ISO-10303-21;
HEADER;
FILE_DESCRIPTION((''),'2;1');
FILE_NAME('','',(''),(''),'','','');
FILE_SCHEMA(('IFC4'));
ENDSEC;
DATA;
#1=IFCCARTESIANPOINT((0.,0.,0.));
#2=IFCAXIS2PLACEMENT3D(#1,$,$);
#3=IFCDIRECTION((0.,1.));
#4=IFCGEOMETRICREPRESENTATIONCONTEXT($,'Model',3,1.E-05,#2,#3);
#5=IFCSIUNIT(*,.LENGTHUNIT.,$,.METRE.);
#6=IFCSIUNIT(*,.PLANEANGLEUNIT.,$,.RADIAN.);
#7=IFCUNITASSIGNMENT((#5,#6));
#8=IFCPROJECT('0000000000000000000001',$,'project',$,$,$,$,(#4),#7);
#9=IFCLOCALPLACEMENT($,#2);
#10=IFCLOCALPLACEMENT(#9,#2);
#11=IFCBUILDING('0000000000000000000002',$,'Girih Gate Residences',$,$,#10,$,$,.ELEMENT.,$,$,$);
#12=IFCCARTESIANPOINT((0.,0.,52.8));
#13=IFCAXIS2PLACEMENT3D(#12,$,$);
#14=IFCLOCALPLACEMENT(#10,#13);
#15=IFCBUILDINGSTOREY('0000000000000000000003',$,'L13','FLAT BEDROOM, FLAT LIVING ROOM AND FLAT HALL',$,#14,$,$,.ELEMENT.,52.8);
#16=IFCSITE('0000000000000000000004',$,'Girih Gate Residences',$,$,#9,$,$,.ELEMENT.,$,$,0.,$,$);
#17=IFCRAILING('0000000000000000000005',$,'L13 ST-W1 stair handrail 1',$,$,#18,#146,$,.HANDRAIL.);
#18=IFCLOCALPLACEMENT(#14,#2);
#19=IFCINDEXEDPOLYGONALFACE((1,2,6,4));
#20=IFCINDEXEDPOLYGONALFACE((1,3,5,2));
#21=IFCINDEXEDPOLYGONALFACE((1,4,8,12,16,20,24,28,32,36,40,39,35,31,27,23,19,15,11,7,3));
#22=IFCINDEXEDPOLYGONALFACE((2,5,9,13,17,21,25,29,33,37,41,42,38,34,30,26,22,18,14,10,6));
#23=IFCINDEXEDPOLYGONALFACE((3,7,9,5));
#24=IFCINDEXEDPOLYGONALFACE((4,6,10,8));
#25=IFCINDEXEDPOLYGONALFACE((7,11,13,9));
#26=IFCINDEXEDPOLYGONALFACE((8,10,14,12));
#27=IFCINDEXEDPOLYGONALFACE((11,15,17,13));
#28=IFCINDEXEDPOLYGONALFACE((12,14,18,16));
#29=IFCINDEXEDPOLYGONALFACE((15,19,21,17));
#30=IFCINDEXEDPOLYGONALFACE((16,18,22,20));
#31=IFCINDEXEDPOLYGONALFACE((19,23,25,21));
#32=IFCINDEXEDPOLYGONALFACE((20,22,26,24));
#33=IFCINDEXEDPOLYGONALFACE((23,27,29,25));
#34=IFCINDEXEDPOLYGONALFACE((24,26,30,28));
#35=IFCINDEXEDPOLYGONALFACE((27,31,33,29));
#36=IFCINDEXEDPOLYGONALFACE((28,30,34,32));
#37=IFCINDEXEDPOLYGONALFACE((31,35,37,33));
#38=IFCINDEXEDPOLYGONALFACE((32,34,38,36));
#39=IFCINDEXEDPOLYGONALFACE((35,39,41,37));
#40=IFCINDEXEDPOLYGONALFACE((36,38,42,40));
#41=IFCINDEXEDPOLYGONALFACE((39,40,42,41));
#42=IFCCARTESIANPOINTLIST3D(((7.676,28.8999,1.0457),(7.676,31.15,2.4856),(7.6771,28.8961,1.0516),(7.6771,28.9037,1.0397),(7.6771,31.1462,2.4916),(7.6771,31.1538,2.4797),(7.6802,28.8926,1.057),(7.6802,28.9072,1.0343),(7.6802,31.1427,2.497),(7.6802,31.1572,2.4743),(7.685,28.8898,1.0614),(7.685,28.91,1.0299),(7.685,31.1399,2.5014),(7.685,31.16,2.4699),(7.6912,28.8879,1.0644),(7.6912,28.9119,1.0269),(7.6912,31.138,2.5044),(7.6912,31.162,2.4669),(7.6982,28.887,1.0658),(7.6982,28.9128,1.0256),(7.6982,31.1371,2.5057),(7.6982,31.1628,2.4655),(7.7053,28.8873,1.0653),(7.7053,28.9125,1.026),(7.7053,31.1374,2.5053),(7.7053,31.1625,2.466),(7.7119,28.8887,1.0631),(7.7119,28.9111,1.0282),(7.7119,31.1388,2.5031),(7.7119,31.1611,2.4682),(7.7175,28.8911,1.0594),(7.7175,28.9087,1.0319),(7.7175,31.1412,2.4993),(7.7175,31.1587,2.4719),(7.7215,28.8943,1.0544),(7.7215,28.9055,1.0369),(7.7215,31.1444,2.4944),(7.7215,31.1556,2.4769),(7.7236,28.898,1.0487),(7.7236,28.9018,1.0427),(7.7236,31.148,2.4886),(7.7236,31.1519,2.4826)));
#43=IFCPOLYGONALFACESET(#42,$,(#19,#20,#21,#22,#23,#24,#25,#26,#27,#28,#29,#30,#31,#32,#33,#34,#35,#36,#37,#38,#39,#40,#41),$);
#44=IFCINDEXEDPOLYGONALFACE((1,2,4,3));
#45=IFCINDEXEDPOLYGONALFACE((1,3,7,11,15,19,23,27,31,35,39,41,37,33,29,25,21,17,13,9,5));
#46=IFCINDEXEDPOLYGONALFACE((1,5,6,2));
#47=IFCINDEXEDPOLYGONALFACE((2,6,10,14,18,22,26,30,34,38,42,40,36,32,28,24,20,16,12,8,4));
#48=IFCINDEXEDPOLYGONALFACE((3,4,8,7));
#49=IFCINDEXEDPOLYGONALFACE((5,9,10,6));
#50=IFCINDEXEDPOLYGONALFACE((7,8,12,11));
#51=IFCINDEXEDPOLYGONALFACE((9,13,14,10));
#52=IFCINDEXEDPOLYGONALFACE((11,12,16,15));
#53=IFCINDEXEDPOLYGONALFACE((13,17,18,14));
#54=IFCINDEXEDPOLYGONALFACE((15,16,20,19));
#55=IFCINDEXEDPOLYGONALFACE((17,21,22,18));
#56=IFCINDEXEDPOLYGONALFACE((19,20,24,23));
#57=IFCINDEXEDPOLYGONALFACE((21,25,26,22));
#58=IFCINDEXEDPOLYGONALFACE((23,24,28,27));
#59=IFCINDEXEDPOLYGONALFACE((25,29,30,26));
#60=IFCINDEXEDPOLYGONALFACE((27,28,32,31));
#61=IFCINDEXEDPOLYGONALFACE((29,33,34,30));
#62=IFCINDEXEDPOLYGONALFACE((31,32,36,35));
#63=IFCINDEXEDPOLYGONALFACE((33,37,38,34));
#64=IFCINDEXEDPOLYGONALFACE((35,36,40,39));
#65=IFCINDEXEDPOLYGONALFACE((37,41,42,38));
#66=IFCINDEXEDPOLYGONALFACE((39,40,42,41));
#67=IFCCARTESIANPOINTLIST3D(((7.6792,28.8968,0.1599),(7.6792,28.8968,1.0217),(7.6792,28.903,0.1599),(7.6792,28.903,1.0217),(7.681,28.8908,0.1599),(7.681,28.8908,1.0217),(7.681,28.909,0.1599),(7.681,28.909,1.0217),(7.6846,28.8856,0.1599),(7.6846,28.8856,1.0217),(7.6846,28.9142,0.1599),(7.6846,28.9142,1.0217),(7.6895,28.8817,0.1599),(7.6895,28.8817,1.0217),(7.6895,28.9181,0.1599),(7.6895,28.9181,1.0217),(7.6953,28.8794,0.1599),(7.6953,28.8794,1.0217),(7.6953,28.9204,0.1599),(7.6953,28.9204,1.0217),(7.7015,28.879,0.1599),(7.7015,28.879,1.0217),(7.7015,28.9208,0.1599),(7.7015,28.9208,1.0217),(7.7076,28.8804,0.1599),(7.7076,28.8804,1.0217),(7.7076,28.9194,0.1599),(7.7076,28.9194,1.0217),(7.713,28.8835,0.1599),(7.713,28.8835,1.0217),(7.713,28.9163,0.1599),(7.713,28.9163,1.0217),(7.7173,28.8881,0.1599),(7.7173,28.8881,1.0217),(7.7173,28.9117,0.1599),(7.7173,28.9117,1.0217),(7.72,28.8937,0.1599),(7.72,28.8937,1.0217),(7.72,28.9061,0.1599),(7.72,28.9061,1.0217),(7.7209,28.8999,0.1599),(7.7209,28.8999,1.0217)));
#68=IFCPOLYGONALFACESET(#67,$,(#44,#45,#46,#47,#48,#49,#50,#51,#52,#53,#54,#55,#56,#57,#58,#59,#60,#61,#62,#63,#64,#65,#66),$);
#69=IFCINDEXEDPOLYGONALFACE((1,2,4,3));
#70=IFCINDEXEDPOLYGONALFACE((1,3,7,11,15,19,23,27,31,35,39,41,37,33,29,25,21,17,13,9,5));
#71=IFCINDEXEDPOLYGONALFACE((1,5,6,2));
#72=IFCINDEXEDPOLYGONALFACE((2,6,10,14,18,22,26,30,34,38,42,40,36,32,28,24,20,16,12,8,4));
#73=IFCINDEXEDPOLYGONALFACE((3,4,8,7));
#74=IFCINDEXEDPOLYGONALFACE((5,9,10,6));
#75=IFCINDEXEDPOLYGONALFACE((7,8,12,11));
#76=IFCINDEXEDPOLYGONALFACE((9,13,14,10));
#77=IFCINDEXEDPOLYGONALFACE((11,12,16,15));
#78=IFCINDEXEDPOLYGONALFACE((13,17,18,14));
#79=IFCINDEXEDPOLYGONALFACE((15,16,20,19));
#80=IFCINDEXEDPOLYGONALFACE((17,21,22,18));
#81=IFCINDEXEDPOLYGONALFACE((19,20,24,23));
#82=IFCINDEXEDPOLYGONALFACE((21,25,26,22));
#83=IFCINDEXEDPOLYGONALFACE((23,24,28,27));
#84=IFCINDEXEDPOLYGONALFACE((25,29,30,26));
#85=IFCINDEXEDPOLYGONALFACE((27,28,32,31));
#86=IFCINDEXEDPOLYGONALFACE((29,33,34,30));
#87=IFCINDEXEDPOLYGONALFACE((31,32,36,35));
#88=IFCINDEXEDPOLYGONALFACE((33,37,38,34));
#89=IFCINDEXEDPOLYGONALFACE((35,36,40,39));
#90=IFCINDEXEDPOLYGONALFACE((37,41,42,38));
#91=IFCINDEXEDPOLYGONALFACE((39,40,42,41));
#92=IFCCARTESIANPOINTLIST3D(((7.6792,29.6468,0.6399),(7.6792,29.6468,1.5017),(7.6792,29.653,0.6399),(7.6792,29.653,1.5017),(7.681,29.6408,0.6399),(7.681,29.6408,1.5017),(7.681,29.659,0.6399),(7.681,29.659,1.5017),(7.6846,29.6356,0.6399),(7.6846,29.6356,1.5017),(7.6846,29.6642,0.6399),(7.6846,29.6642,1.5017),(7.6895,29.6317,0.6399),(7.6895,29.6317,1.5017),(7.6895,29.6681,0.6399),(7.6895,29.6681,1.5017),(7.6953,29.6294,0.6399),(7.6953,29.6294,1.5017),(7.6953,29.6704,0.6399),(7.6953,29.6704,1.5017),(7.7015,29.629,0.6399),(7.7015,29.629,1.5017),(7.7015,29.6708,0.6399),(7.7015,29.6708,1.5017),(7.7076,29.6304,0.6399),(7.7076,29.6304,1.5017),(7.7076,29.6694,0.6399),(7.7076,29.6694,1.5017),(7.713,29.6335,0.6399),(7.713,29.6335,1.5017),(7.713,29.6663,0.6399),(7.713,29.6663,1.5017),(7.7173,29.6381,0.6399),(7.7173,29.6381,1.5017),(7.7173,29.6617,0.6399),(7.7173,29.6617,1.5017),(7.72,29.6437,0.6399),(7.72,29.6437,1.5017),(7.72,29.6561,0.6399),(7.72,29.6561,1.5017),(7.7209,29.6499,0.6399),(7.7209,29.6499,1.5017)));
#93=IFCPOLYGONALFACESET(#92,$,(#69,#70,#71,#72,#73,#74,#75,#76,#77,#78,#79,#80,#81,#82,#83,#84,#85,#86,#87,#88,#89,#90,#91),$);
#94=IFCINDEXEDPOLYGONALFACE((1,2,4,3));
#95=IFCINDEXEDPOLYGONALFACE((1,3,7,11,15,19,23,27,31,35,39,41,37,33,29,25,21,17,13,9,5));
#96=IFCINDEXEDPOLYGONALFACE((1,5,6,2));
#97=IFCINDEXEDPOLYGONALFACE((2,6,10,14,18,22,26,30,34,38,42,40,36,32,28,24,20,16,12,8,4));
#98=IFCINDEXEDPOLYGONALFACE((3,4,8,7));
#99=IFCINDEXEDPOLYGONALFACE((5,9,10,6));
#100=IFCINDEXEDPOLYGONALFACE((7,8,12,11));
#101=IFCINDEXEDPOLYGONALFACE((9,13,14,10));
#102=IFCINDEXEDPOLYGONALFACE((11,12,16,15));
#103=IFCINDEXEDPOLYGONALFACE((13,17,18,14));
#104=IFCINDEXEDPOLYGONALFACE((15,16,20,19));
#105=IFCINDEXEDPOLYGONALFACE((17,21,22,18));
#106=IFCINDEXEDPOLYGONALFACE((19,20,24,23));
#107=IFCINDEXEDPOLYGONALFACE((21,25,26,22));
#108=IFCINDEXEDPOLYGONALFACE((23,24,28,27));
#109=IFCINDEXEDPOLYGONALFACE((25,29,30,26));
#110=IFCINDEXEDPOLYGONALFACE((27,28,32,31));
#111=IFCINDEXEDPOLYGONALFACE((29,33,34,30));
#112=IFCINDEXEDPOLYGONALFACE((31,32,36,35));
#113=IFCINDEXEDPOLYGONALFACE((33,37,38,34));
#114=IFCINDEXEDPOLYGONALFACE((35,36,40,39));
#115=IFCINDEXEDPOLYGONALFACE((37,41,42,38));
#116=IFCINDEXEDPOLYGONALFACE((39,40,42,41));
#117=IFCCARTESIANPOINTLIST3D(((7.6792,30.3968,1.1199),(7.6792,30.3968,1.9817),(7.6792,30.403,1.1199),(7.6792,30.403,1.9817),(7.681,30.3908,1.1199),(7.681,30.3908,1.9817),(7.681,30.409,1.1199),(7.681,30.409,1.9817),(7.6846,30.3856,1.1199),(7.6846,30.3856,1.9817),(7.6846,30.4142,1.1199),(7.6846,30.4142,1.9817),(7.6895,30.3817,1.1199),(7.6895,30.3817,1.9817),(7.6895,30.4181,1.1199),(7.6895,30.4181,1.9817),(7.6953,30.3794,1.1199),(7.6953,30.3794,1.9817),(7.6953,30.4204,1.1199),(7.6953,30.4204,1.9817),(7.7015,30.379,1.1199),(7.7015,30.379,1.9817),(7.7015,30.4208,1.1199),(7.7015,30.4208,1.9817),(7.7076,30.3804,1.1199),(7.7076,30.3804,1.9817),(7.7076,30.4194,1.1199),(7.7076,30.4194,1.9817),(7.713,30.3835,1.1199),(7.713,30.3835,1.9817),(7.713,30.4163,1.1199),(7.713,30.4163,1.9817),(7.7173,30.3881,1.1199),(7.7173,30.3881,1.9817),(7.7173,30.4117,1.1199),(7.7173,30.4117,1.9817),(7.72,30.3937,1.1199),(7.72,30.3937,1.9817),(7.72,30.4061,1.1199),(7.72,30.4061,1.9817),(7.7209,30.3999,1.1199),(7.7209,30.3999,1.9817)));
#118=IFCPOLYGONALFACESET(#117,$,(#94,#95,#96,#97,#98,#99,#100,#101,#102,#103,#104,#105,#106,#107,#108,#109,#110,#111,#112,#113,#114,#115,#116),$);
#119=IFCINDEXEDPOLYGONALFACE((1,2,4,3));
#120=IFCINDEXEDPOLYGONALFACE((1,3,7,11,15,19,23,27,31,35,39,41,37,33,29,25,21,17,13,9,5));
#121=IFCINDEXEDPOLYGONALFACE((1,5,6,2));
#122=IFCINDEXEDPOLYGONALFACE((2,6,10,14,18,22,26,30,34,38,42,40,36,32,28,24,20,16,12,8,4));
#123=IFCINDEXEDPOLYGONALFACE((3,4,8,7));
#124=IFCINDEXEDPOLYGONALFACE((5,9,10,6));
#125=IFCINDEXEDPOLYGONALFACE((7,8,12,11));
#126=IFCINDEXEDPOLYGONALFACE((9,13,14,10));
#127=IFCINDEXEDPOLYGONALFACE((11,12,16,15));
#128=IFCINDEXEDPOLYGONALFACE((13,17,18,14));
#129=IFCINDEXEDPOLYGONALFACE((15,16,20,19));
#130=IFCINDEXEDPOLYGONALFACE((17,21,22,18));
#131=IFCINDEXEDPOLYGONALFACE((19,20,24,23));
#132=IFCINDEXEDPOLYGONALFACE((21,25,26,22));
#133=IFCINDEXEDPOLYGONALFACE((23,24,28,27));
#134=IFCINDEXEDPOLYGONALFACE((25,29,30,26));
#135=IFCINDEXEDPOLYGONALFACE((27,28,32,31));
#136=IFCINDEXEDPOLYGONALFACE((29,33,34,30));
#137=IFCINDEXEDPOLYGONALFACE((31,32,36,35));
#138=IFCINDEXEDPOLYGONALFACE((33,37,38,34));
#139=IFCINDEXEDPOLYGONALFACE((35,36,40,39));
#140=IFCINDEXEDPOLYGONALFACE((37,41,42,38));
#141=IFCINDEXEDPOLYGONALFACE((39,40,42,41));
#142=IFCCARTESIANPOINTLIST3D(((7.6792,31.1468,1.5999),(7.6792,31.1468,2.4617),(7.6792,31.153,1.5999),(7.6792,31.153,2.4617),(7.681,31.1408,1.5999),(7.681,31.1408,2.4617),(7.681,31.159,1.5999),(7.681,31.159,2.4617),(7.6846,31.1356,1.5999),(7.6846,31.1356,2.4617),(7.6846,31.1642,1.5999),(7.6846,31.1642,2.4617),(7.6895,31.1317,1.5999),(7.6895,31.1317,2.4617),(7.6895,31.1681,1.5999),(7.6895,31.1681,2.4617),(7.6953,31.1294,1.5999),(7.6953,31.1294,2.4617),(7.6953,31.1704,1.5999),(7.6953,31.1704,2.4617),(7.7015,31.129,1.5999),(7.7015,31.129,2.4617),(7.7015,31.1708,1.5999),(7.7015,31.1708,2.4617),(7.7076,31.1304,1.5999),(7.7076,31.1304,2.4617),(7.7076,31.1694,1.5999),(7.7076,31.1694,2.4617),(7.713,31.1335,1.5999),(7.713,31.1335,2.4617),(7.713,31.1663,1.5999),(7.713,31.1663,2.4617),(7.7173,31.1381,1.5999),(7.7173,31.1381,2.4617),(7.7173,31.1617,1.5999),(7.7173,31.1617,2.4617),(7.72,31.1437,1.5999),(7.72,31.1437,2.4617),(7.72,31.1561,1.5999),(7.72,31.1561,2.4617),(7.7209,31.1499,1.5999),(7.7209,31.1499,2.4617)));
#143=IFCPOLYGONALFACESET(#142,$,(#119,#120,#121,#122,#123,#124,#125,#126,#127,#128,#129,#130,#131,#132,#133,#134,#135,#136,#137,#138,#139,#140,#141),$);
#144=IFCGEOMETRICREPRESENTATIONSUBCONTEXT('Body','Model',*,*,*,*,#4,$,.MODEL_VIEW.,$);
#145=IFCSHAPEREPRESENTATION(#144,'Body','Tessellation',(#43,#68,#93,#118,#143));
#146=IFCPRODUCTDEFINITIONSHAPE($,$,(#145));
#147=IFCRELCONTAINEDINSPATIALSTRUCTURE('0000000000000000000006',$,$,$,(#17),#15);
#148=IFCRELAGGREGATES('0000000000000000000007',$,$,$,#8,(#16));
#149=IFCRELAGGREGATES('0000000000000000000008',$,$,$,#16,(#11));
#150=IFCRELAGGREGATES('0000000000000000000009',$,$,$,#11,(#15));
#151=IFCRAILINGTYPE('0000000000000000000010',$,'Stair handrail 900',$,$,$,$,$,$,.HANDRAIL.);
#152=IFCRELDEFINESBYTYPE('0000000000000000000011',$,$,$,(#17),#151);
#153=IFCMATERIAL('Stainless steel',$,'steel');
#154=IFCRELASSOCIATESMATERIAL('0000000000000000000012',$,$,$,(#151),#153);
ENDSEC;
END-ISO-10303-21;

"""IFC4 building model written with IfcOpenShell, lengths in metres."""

from ifc_helpers import new_model, si_unit, direction, frame, origin, origin_2d, place, context, subcontext, project, spatial, circle, extrude, material, type_object, element, save


model = new_model("IFC4")

# Units and contexts
model_context = context("Model", 3, precision=1e-05, world=origin(), true_north=direction((0.0, 1.0)))
body_context = subcontext(model_context, "Body", "Model", "MODEL_VIEW")
ifc_project = project(units=[si_unit("LENGTHUNIT", "METRE"), si_unit("PLANEANGLEUNIT", "RADIAN")], contexts=[model_context])

# Site, building, storey
site_placement = place(None, origin())
site = spatial("IfcSite", under=ifc_project, at=site_placement, Name="Girih Gate Residences", CompositionType="ELEMENT", RefElevation=0.0)
building_placement = place(site_placement, origin())
building = spatial("IfcBuilding", under=site, at=building_placement, Name="Girih Gate Residences", CompositionType="ELEMENT")
storey_placement = place(building_placement, frame((0.0, 0.0, 52.8)))
storey = spatial("IfcBuildingStorey", under=building, at=storey_placement, Name="L13", Description="FLAT BEDROOM, FLAT LIVING ROOM AND FLAT HALL", CompositionType="ELEMENT", Elevation=52.8)

# Railing
ifc_material_1 = material(Name="Stainless steel", Category="steel")
railing_type_1 = type_object("IfcRailingType", Name="Stair handrail 900", PredefinedType="HANDRAIL", material=ifc_material_1)
railing_1_placement = place(storey_placement, frame((7.7, 28.8999, 0.1599)))
element("IfcRailing", 1, at=railing_1_placement, inside=storey, type_object=railing_type_1, Name="L13 ST-W1 stair handrail 1", PredefinedType="HANDRAIL", context=body_context, shape_type="SweptSolid", body=[
    extrude(circle(Radius=0.0239, at=origin_2d()), frame((0.0, 0.0, 0.8857), z_axis=(0.0, 0.842281, 0.539038), x_axis=(-1.0, 0.0, 0.0)), (0.0, 0.0, 1.0), 2.6714),
    extrude(circle(Radius=0.021, at=origin_2d()), origin(), (0.0, 0.0, 1.0), 0.8618),
    extrude(circle(Radius=0.021, at=origin_2d()), frame((0.0, 0.75, 0.48)), (0.0, 0.0, 1.0), 0.8618),
    extrude(circle(Radius=0.021, at=origin_2d()), frame((0.0, 1.5, 0.96)), (0.0, 0.0, 1.0), 0.8618),
    extrude(circle(Radius=0.021, at=origin_2d()), frame((0.0, 2.25, 1.4399)), (0.0, 0.0, 1.0), 0.8618),
])

save(model, "model.ifc")
